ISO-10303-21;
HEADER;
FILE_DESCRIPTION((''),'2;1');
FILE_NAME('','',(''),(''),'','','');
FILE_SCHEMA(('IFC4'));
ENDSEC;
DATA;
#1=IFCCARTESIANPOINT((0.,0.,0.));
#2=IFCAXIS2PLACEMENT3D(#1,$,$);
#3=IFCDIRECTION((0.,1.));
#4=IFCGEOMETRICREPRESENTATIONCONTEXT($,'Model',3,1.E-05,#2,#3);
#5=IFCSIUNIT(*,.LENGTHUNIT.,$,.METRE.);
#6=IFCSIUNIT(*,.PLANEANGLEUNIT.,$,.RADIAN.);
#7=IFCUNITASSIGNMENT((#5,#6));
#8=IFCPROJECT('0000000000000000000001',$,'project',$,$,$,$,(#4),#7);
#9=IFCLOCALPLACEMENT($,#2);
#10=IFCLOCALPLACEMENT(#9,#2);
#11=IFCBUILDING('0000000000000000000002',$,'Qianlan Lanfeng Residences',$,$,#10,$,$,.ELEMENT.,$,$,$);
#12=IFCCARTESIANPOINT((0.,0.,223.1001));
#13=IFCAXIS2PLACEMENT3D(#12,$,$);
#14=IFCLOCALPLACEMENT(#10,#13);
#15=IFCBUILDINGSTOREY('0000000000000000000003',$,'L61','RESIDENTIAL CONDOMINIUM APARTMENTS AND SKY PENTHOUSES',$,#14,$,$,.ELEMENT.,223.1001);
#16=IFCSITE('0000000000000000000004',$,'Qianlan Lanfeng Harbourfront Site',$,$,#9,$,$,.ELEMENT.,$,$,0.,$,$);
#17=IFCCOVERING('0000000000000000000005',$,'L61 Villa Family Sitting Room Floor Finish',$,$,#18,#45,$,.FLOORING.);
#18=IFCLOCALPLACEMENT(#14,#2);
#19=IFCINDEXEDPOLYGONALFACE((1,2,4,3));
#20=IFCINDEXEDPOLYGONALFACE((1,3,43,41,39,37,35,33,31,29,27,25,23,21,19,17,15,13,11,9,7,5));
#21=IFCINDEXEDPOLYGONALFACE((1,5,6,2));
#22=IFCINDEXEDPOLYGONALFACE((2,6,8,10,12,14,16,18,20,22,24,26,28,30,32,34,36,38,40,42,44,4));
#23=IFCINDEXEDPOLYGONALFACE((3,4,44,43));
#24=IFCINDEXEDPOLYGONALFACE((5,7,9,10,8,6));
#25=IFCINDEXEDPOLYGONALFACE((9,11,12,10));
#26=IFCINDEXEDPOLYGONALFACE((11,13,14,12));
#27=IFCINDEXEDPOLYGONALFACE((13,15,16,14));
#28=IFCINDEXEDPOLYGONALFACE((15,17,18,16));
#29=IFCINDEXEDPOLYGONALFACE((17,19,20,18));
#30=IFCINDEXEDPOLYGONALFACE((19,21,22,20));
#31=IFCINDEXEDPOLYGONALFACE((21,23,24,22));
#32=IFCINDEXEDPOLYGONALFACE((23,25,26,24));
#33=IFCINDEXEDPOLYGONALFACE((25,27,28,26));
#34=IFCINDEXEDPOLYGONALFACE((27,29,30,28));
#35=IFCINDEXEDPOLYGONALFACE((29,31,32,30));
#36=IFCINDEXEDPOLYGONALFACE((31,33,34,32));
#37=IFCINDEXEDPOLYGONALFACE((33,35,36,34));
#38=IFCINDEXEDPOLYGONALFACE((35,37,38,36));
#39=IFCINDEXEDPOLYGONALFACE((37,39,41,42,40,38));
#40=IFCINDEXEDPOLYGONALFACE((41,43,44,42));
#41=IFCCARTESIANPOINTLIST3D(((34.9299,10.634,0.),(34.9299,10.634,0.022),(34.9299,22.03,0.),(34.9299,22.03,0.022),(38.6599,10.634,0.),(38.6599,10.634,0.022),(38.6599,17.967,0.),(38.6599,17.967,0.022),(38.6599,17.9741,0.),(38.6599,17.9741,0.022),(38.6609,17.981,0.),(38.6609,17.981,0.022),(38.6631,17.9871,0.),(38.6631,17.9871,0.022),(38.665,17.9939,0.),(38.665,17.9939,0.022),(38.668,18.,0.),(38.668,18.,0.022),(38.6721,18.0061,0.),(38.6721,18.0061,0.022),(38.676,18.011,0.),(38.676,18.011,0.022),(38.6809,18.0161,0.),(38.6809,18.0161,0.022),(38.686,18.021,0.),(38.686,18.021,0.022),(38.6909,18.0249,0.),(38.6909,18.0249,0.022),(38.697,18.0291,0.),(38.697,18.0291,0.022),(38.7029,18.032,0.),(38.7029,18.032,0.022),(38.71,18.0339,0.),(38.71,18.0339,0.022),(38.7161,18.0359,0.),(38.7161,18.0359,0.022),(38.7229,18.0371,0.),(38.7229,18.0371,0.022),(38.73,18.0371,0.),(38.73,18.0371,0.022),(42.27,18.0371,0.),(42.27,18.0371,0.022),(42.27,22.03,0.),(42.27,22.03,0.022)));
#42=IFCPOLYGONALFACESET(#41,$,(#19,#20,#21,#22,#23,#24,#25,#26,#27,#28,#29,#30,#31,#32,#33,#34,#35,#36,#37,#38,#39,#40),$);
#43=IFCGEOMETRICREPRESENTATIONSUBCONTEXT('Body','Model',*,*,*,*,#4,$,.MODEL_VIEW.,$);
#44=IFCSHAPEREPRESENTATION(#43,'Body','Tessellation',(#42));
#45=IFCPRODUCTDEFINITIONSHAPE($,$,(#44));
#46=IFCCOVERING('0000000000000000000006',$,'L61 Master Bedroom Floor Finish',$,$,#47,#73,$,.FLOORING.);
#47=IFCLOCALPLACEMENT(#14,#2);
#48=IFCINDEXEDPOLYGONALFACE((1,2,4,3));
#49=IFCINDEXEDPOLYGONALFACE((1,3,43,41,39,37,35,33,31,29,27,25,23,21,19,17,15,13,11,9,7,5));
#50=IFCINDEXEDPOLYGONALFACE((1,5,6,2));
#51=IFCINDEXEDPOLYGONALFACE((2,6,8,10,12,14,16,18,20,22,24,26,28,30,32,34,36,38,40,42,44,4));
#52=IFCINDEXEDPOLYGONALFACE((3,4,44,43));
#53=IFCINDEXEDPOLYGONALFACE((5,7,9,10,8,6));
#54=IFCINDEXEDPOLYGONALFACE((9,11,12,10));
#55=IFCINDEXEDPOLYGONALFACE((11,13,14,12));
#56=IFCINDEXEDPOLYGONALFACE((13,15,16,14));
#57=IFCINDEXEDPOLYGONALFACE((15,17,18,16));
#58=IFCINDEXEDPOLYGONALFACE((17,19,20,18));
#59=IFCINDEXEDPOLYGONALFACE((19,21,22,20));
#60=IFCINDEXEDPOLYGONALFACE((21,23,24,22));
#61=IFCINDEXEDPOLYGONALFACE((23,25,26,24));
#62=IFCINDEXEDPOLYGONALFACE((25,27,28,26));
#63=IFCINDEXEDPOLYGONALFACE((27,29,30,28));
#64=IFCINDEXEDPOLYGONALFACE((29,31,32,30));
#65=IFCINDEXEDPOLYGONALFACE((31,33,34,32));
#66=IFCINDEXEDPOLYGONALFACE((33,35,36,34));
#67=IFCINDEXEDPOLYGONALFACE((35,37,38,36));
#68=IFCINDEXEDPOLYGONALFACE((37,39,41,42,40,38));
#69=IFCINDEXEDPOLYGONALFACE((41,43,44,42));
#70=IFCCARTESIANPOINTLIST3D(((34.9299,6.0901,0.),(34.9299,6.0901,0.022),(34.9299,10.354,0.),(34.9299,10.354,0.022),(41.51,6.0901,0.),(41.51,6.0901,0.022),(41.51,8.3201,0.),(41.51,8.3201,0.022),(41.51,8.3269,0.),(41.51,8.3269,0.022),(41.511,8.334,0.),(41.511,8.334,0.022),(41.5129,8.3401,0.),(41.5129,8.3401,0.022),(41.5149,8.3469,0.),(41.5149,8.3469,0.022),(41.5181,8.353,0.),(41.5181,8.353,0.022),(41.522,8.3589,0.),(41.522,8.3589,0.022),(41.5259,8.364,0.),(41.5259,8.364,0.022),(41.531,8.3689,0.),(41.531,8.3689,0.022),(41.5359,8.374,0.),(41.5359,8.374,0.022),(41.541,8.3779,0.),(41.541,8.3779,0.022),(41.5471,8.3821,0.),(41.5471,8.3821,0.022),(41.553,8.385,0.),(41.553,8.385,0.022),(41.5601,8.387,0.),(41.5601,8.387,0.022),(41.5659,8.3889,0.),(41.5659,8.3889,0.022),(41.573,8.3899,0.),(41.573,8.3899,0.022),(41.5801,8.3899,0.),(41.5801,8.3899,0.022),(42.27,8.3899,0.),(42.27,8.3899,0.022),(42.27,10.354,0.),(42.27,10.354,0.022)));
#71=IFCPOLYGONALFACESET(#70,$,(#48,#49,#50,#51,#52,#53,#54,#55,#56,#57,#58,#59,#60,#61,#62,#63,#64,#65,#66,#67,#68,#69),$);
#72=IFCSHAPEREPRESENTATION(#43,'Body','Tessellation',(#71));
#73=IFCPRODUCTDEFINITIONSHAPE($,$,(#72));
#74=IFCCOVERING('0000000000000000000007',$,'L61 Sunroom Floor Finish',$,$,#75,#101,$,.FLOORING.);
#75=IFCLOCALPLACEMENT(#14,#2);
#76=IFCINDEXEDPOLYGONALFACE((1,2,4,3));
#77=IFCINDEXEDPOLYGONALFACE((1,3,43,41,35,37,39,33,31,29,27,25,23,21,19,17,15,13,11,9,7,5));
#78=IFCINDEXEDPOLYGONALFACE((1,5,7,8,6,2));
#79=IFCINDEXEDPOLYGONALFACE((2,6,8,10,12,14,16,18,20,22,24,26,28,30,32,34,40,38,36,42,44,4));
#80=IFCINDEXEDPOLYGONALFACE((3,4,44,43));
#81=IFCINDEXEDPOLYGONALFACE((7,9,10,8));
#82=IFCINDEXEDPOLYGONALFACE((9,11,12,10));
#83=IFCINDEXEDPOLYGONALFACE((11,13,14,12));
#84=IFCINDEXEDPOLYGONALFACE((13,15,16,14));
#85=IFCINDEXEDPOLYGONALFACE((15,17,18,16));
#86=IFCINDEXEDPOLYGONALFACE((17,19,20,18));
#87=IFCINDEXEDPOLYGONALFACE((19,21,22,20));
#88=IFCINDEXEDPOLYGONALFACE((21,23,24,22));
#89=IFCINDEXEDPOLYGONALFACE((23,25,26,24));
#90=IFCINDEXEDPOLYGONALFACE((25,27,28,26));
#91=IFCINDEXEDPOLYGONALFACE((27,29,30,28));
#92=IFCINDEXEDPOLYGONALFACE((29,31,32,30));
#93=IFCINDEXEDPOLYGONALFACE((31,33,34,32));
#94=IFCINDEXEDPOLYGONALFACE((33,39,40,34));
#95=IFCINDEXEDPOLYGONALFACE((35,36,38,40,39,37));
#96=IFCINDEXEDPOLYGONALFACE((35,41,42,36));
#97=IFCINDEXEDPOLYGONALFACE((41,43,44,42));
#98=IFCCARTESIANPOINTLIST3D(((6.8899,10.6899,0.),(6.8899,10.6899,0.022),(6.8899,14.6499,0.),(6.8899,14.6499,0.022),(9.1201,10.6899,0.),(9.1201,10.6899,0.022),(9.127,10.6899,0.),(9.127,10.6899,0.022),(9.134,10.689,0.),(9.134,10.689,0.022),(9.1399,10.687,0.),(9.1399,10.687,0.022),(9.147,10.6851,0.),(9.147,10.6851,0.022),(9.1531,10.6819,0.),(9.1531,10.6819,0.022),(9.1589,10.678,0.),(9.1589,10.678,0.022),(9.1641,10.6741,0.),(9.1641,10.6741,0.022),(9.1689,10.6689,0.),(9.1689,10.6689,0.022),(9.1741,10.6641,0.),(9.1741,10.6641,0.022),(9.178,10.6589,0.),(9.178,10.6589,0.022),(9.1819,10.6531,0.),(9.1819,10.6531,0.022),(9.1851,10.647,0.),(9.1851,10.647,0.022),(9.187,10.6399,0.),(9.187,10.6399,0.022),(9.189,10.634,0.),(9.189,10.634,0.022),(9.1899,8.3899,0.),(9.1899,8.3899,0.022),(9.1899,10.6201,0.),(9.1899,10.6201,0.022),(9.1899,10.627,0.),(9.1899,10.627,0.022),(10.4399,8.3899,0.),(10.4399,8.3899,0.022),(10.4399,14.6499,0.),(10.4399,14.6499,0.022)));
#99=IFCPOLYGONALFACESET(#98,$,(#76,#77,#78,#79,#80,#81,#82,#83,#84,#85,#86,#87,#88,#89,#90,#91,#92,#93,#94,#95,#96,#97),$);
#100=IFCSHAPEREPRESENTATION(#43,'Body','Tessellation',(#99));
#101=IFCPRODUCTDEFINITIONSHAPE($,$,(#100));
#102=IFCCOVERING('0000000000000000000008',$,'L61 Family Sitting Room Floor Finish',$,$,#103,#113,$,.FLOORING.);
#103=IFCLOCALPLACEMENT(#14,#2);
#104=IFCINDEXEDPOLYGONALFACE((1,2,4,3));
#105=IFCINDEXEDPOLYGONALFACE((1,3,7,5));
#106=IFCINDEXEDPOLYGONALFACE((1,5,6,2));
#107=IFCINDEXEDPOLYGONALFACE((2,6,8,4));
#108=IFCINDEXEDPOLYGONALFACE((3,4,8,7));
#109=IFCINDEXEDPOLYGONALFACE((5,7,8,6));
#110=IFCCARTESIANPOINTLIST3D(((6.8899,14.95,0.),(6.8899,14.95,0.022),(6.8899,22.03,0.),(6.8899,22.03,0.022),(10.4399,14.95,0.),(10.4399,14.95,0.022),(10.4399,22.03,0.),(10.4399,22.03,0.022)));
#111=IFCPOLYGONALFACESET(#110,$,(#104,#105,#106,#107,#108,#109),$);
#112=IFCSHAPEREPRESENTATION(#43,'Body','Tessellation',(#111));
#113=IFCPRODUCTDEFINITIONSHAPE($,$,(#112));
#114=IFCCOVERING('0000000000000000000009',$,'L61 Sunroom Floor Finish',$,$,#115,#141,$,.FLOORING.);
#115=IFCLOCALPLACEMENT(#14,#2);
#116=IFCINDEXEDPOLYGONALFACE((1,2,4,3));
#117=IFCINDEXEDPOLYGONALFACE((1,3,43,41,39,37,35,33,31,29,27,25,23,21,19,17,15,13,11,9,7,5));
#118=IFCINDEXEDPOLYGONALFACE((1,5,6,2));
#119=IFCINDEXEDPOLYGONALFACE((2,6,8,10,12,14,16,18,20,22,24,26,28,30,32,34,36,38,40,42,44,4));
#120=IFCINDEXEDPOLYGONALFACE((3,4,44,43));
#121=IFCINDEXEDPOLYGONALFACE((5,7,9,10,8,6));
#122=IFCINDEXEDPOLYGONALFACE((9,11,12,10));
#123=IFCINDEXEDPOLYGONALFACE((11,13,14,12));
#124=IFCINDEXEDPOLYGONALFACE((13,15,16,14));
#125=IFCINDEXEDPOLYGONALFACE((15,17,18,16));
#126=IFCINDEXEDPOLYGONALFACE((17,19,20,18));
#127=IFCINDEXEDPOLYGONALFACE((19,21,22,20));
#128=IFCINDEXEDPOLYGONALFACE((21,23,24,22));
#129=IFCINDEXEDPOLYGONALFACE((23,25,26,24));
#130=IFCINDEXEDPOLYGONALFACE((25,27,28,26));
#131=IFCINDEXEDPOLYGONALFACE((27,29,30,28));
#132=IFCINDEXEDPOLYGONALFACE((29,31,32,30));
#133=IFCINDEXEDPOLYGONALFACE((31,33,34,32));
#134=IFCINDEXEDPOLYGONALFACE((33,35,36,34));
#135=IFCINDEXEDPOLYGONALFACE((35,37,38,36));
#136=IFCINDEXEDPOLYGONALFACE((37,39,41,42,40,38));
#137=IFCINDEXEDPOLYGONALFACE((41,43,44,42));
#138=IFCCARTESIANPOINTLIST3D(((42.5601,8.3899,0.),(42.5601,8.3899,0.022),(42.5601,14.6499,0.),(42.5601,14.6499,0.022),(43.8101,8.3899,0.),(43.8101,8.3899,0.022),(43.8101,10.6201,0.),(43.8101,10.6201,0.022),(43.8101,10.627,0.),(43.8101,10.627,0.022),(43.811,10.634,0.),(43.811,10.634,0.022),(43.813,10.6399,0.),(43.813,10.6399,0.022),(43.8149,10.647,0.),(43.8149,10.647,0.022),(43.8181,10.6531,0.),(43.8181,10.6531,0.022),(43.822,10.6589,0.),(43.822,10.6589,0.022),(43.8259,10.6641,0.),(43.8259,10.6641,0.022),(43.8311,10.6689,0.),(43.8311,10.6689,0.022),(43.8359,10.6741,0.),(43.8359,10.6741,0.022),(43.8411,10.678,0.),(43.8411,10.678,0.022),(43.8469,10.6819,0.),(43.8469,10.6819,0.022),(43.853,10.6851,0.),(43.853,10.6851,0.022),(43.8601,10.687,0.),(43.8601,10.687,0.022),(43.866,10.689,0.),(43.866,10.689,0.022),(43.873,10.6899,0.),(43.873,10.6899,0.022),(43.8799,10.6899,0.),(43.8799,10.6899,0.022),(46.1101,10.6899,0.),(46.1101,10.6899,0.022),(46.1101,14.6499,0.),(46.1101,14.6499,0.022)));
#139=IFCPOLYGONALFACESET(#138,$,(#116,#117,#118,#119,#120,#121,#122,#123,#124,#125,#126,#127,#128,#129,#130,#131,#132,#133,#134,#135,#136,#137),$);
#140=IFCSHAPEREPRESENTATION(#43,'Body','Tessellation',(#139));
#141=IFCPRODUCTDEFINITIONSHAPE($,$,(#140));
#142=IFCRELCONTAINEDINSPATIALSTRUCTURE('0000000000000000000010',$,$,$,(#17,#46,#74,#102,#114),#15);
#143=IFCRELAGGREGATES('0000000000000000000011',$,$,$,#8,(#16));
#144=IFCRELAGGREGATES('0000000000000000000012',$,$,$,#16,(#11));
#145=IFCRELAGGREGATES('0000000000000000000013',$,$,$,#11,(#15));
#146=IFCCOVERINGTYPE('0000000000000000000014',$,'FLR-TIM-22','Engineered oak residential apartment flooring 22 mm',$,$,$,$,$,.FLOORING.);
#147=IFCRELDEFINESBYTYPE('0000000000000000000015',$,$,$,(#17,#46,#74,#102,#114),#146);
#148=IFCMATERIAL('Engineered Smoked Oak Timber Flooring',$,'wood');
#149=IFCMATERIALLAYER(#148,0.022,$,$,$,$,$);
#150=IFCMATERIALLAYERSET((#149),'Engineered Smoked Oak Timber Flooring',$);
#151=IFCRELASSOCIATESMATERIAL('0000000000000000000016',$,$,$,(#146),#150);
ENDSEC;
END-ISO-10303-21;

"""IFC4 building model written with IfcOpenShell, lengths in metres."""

from ifc_helpers import new_model, si_unit, direction, frame, origin, place, context, subcontext, project, spatial, polyline, outline, extrude, material, layer, layer_set, type_object, element, save


model = new_model("IFC4")

# Units and contexts
model_context = context("Model", 3, precision=1e-05, world=origin(), true_north=direction((0.0, 1.0)))
body_context = subcontext(model_context, "Body", "Model", "MODEL_VIEW")
ifc_project = project(units=[si_unit("LENGTHUNIT", "METRE"), si_unit("PLANEANGLEUNIT", "RADIAN")], contexts=[model_context])

# Site, building, storey
site_placement = place(None, origin())
site = spatial("IfcSite", under=ifc_project, at=site_placement, Name="Qianlan Lanfeng Harbourfront Site", CompositionType="ELEMENT", RefElevation=0.0)
building_placement = place(site_placement, origin())
building = spatial("IfcBuilding", under=site, at=building_placement, Name="Qianlan Lanfeng Residences", CompositionType="ELEMENT")
storey_placement = place(building_placement, frame((0.0, 0.0, 223.1001)))
storey = spatial("IfcBuildingStorey", under=building, at=storey_placement, Name="L61", Description="RESIDENTIAL CONDOMINIUM APARTMENTS AND SKY PENTHOUSES", CompositionType="ELEMENT", Elevation=223.1001)

# Coverings
ifc_material_1 = material(Name="Engineered Smoked Oak Timber Flooring", Category="wood")
ifc_layer_1 = layer(ifc_material_1, 0.022)
ifc_layer_set_1 = layer_set([ifc_layer_1], Name="Engineered Smoked Oak Timber Flooring")
covering_type_1 = type_object("IfcCoveringType", Name="FLR-TIM-22", Description="Engineered oak residential apartment flooring 22 mm", PredefinedType="FLOORING", material=ifc_layer_set_1)
covering_1_placement = place(storey_placement, origin())
element("IfcCovering", 1, at=covering_1_placement, inside=storey, type_object=covering_type_1, Name="L61 Villa Family Sitting Room Floor Finish", PredefinedType="FLOORING", context=body_context, shape_type="SweptSolid", body=[
    extrude(outline(polyline([(34.9299, 10.634), (38.6599, 10.634), (38.6599, 17.967), (38.6599, 17.9741), (38.6609, 17.981), (38.6631, 17.9871), (38.665, 17.9939), (38.668, 18.0), (38.6721, 18.0061), (38.676, 18.011), (38.6809, 18.0161), (38.686, 18.021), (38.6909, 18.0249), (38.697, 18.0291), (38.7029, 18.032), (38.71, 18.0339), (38.7161, 18.0359), (38.7229, 18.0371), (38.73, 18.0371), (42.27, 18.0371), (42.27, 22.03), (34.9299, 22.03), (34.9299, 10.634)])), origin(), (0.0, 0.0, 1.0), 0.022),
])
covering_2_placement = place(storey_placement, origin())
element("IfcCovering", 2, at=covering_2_placement, inside=storey, type_object=covering_type_1, Name="L61 Master Bedroom Floor Finish", PredefinedType="FLOORING", context=body_context, shape_type="SweptSolid", body=[
    extrude(outline(polyline([(34.9299, 10.354), (34.9299, 6.0901), (41.51, 6.0901), (41.51, 8.3201), (41.51, 8.3269), (41.511, 8.334), (41.5129, 8.3401), (41.5149, 8.3469), (41.5181, 8.353), (41.522, 8.3589), (41.5259, 8.364), (41.531, 8.3689), (41.5359, 8.374), (41.541, 8.3779), (41.5471, 8.3821), (41.553, 8.385), (41.5601, 8.387), (41.5659, 8.3889), (41.573, 8.3899), (41.5801, 8.3899), (42.27, 8.3899), (42.27, 10.354), (34.9299, 10.354)])), origin(), (0.0, 0.0, 1.0), 0.022),
])
covering_3_placement = place(storey_placement, origin())
element("IfcCovering", 3, at=covering_3_placement, inside=storey, type_object=covering_type_1, Name="L61 Sunroom Floor Finish", PredefinedType="FLOORING", context=body_context, shape_type="SweptSolid", body=[
    extrude(outline(polyline([(10.4399, 14.6499), (6.8899, 14.6499), (6.8899, 10.6899), (9.1201, 10.6899), (9.127, 10.6899), (9.134, 10.689), (9.1399, 10.687), (9.147, 10.6851), (9.1531, 10.6819), (9.1589, 10.678), (9.1641, 10.6741), (9.1689, 10.6689), (9.1741, 10.6641), (9.178, 10.6589), (9.1819, 10.6531), (9.1851, 10.647), (9.187, 10.6399), (9.189, 10.634), (9.1899, 10.627), (9.1899, 10.6201), (9.1899, 8.3899), (10.4399, 8.3899), (10.4399, 14.6499)])), origin(), (0.0, 0.0, 1.0), 0.022),
])
covering_4_placement = place(storey_placement, origin())
element("IfcCovering", 4, at=covering_4_placement, inside=storey, type_object=covering_type_1, Name="L61 Family Sitting Room Floor Finish", PredefinedType="FLOORING", context=body_context, shape_type="SweptSolid", body=[
    extrude(outline(polyline([(10.4399, 22.03), (6.8899, 22.03), (6.8899, 14.95), (10.4399, 14.95), (10.4399, 22.03)])), origin(), (0.0, 0.0, 1.0), 0.022),
])
covering_5_placement = place(storey_placement, origin())
element("IfcCovering", 5, at=covering_5_placement, inside=storey, type_object=covering_type_1, Name="L61 Sunroom Floor Finish", PredefinedType="FLOORING", context=body_context, shape_type="SweptSolid", body=[
    extrude(outline(polyline([(46.1101, 14.6499), (42.5601, 14.6499), (42.5601, 8.3899), (43.8101, 8.3899), (43.8101, 10.6201), (43.8101, 10.627), (43.811, 10.634), (43.813, 10.6399), (43.8149, 10.647), (43.8181, 10.6531), (43.822, 10.6589), (43.8259, 10.6641), (43.8311, 10.6689), (43.8359, 10.6741), (43.8411, 10.678), (43.8469, 10.6819), (43.853, 10.6851), (43.8601, 10.687), (43.866, 10.689), (43.873, 10.6899), (43.8799, 10.6899), (46.1101, 10.6899), (46.1101, 14.6499)])), origin(), (0.0, 0.0, 1.0), 0.022),
])

save(model, "model.ifc")
